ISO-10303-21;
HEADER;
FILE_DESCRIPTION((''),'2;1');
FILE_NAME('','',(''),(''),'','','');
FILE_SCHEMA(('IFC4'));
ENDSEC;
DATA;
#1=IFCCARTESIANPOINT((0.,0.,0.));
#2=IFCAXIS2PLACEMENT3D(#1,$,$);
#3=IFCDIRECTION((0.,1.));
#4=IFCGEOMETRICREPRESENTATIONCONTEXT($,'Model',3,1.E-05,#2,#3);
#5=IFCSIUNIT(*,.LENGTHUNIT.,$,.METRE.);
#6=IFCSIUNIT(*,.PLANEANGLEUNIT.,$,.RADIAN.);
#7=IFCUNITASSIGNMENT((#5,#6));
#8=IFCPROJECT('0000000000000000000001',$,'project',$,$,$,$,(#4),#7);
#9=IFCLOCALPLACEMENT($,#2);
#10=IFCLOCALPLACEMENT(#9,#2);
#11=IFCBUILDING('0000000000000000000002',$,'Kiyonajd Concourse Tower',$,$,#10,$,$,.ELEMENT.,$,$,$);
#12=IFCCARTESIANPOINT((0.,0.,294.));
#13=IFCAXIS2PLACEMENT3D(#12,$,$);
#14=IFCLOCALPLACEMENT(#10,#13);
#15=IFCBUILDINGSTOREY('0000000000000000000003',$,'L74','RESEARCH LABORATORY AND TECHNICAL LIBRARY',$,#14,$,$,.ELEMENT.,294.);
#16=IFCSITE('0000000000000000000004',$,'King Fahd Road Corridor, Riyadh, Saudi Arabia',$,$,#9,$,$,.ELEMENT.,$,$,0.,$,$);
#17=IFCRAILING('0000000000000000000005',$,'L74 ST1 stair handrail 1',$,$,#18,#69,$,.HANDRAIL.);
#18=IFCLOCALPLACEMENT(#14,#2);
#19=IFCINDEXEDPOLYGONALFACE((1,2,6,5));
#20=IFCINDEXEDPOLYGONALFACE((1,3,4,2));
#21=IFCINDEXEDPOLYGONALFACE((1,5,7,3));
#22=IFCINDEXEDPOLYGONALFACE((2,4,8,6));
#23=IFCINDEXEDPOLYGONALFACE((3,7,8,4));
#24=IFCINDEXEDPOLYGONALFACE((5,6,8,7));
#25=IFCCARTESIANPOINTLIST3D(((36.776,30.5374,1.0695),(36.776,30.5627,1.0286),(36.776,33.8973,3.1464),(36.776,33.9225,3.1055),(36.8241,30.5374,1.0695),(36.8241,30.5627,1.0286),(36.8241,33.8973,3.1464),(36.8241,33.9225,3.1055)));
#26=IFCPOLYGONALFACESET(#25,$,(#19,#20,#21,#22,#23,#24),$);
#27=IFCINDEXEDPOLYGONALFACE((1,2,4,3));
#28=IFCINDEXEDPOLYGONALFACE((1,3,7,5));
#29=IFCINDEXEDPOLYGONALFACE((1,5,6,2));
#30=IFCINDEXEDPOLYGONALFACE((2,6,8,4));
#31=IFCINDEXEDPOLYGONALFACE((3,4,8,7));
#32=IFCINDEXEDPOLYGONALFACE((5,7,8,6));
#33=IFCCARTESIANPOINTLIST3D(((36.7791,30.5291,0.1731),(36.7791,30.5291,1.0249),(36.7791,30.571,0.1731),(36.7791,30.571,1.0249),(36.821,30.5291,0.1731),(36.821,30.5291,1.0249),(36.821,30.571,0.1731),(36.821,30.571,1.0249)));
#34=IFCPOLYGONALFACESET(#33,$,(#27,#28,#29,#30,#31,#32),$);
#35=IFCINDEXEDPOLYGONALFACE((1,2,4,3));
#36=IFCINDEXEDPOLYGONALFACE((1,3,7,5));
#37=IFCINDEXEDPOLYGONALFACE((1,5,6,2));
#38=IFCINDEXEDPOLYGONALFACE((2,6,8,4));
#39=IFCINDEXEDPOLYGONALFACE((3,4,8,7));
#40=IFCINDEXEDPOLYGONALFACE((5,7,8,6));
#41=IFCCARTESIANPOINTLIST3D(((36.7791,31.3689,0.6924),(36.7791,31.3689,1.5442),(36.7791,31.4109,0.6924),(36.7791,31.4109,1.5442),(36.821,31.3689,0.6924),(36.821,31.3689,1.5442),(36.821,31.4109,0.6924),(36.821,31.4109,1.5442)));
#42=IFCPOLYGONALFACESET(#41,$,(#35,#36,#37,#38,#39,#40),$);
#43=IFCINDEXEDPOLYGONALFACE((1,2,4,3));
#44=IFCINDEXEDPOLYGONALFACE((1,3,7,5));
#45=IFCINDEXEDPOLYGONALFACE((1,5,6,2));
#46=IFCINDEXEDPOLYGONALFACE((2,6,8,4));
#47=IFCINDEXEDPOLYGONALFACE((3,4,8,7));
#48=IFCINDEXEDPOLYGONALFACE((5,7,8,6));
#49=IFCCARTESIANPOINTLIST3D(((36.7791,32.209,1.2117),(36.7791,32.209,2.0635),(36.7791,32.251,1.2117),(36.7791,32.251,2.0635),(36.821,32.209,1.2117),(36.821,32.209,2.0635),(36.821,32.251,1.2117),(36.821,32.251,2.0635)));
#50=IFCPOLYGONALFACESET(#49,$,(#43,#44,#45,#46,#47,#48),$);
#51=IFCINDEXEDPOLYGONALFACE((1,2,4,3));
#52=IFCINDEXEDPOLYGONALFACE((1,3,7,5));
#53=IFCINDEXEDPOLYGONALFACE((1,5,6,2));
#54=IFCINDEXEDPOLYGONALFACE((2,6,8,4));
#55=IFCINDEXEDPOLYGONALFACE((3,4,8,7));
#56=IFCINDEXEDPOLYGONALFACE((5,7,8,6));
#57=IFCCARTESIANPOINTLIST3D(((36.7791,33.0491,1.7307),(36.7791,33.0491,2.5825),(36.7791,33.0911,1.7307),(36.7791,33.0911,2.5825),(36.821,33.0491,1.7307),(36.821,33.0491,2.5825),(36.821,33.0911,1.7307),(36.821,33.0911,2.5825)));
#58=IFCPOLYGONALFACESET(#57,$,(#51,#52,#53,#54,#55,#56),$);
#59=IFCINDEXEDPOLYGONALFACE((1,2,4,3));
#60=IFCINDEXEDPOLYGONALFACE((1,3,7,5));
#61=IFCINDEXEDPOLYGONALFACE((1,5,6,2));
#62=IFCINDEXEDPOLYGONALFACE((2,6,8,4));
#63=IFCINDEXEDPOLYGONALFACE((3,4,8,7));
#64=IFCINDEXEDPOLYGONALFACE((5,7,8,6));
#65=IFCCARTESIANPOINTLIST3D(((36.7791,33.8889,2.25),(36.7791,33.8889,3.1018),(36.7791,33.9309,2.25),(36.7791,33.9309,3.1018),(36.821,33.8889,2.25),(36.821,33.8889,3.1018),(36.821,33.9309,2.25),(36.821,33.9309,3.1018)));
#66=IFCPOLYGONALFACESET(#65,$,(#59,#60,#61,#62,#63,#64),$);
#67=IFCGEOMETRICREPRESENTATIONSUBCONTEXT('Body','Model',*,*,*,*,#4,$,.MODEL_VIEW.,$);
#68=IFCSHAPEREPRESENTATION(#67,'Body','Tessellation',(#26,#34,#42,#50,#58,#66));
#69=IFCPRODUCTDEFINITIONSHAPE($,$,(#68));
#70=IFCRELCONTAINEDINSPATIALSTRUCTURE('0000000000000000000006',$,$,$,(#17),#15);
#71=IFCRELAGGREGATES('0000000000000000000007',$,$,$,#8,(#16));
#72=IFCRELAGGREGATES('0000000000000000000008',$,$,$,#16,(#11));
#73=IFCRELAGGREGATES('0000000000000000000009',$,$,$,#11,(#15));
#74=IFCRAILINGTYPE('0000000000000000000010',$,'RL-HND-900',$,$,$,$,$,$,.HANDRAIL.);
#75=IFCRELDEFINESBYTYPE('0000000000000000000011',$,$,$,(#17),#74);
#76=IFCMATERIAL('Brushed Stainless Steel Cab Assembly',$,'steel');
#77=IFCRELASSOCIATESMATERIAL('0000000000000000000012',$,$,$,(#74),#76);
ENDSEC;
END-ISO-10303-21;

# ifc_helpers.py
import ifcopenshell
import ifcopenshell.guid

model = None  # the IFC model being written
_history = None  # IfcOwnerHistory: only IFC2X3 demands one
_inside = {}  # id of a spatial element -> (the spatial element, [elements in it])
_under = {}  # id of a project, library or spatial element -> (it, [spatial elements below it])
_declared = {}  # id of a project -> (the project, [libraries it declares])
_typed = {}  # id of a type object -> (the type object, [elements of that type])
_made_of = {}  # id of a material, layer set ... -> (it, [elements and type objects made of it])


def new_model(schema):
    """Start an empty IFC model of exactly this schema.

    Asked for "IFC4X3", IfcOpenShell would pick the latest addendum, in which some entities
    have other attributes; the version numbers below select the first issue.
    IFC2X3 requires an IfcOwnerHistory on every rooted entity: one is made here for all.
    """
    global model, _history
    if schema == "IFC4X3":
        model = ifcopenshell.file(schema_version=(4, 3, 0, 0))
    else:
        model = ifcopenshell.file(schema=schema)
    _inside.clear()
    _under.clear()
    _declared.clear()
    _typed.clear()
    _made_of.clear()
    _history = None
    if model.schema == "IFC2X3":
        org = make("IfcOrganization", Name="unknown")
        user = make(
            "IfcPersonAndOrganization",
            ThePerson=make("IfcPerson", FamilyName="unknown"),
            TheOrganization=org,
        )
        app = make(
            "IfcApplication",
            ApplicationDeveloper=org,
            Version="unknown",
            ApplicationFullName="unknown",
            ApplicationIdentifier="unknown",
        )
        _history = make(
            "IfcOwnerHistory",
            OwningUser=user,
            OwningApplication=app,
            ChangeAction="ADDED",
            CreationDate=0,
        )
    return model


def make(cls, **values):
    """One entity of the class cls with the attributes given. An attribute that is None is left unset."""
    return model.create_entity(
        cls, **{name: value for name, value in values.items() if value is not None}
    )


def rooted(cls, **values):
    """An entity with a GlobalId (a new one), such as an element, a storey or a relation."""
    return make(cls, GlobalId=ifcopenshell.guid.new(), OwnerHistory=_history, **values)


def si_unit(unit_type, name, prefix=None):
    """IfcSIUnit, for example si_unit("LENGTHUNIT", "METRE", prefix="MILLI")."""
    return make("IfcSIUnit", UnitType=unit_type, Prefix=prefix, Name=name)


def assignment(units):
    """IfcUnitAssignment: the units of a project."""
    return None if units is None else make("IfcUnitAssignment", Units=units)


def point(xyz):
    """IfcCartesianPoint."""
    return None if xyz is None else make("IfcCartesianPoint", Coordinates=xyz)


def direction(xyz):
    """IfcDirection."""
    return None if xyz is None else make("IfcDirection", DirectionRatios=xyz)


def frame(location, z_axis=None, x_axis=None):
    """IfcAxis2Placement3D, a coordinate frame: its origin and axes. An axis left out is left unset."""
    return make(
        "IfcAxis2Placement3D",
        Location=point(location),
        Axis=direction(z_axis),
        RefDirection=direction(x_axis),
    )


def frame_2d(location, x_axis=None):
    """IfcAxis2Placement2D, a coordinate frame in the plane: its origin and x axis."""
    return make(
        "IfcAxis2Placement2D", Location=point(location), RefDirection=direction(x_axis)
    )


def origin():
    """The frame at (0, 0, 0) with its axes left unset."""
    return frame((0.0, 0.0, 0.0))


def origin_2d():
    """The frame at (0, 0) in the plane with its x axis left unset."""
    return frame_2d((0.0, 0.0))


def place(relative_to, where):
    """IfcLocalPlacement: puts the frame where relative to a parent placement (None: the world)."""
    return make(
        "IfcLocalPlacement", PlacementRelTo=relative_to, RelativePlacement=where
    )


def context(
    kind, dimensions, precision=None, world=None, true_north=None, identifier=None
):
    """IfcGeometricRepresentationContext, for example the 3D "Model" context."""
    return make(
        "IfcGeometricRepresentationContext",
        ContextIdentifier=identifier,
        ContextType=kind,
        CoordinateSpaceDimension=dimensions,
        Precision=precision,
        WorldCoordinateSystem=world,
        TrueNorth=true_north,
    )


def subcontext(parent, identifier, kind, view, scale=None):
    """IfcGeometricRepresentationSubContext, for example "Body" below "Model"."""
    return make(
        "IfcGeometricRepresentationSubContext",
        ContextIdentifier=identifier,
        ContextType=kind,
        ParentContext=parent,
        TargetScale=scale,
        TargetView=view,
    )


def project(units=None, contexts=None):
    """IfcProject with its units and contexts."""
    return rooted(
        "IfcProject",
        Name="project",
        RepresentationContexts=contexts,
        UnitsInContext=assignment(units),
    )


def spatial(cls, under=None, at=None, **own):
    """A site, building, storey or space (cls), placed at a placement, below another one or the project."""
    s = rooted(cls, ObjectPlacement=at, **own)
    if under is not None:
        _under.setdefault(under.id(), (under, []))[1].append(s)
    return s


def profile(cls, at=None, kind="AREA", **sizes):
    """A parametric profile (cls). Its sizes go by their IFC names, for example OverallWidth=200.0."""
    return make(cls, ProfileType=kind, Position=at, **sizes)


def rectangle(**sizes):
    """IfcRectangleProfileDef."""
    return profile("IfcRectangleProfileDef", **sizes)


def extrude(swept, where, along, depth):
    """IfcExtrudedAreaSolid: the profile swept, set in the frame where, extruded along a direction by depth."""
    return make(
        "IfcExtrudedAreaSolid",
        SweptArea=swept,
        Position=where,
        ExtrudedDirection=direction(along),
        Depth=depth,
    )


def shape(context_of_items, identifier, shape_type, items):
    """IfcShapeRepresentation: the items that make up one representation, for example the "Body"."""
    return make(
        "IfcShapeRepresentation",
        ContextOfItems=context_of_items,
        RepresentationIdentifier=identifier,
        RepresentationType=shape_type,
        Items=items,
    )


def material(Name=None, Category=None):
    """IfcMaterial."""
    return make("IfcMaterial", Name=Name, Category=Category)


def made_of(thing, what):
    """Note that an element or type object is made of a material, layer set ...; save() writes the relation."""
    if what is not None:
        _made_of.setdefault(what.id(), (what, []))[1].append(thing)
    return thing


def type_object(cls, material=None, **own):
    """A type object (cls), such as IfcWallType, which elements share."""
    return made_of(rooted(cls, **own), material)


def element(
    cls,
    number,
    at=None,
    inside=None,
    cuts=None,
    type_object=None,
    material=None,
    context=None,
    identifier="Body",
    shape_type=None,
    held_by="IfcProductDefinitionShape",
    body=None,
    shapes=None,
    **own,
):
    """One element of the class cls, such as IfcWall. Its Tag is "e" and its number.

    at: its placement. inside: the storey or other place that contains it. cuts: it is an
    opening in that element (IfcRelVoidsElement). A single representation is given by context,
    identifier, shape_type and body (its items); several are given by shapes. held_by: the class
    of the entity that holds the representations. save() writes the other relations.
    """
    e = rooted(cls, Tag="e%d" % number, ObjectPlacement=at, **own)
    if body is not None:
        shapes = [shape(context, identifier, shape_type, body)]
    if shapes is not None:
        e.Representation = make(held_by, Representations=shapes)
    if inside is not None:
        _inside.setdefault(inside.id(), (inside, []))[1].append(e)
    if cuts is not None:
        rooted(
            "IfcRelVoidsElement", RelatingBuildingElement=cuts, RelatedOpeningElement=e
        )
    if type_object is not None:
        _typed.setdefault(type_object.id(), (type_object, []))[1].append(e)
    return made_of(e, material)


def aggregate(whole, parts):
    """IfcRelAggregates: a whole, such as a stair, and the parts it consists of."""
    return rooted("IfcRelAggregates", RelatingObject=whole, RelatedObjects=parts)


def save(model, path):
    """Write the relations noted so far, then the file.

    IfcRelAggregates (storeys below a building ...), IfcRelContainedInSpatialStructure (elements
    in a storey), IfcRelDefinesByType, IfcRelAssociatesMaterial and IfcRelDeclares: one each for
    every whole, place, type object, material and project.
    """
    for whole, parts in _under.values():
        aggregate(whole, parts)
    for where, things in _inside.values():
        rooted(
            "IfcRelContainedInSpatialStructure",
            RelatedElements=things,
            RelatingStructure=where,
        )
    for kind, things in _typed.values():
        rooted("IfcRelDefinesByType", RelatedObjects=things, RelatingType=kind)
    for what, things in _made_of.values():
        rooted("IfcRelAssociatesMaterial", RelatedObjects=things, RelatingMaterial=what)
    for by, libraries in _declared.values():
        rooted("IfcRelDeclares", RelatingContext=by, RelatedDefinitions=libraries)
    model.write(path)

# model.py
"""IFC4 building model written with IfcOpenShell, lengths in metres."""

from ifc_helpers import new_model, si_unit, direction, frame, origin, origin_2d, place, context, subcontext, project, spatial, rectangle, extrude, material, type_object, element, save


model = new_model("IFC4")

# Units and contexts
model_context = context("Model", 3, precision=1e-05, world=origin(), true_north=direction((0.0, 1.0)))
body_context = subcontext(model_context, "Body", "Model", "MODEL_VIEW")
ifc_project = project(units=[si_unit("LENGTHUNIT", "METRE"), si_unit("PLANEANGLEUNIT", "RADIAN")], contexts=[model_context])

# Site, building, storey
site_placement = place(None, origin())
site = spatial("IfcSite", under=ifc_project, at=site_placement, Name="King Fahd Road Corridor, Riyadh, Saudi Arabia", CompositionType="ELEMENT", RefElevation=0.0)
building_placement = place(site_placement, origin())
building = spatial("IfcBuilding", under=site, at=building_placement, Name="Kiyonajd Concourse Tower", CompositionType="ELEMENT")
storey_placement = place(building_placement, frame((0.0, 0.0, 294.0)))
storey = spatial("IfcBuildingStorey", under=building, at=storey_placement, Name="L74", Description="RESEARCH LABORATORY AND TECHNICAL LIBRARY", CompositionType="ELEMENT", Elevation=294.0)

# Shared definitions
ifc_material_1 = material(Name="Brushed Stainless Steel Cab Assembly", Category="steel")

# Railing
railing_type_1 = type_object("IfcRailingType", Name="RL-HND-900", PredefinedType="HANDRAIL", material=ifc_material_1)
railing_1_placement = place(storey_placement, frame((36.8, 30.55, 0.1731)))
element("IfcRailing", 1, at=railing_1_placement, inside=storey, type_object=railing_type_1, Name="L74 ST1 stair handrail 1", PredefinedType="HANDRAIL", context=body_context, shape_type="SweptSolid", body=[
    extrude(rectangle(XDim=0.0481, YDim=0.0481, at=origin_2d()), frame((0.0, 0.0, 0.876), z_axis=(0.0, 0.850606, 0.525803), x_axis=(-1.0, 0.0, 0.0)), (0.0, 0.0, 1.0), 3.95),
    extrude(rectangle(XDim=0.042, YDim=0.042, at=origin_2d()), origin(), (0.0, 0.0, 1.0), 0.8518),
    extrude(rectangle(XDim=0.042, YDim=0.042, at=origin_2d()), frame((0.0, 0.8398, 0.5193)), (0.0, 0.0, 1.0), 0.8518),
    extrude(rectangle(XDim=0.042, YDim=0.042, at=origin_2d()), frame((0.0, 1.6799, 1.0386)), (0.0, 0.0, 1.0), 0.8518),
    extrude(rectangle(XDim=0.042, YDim=0.042, at=origin_2d()), frame((0.0, 2.52, 1.5576)), (0.0, 0.0, 1.0), 0.8518),
    extrude(rectangle(XDim=0.042, YDim=0.042, at=origin_2d()), frame((0.0, 3.3599, 2.0769)), (0.0, 0.0, 1.0), 0.8518),
])

save(model, "model.ifc")
